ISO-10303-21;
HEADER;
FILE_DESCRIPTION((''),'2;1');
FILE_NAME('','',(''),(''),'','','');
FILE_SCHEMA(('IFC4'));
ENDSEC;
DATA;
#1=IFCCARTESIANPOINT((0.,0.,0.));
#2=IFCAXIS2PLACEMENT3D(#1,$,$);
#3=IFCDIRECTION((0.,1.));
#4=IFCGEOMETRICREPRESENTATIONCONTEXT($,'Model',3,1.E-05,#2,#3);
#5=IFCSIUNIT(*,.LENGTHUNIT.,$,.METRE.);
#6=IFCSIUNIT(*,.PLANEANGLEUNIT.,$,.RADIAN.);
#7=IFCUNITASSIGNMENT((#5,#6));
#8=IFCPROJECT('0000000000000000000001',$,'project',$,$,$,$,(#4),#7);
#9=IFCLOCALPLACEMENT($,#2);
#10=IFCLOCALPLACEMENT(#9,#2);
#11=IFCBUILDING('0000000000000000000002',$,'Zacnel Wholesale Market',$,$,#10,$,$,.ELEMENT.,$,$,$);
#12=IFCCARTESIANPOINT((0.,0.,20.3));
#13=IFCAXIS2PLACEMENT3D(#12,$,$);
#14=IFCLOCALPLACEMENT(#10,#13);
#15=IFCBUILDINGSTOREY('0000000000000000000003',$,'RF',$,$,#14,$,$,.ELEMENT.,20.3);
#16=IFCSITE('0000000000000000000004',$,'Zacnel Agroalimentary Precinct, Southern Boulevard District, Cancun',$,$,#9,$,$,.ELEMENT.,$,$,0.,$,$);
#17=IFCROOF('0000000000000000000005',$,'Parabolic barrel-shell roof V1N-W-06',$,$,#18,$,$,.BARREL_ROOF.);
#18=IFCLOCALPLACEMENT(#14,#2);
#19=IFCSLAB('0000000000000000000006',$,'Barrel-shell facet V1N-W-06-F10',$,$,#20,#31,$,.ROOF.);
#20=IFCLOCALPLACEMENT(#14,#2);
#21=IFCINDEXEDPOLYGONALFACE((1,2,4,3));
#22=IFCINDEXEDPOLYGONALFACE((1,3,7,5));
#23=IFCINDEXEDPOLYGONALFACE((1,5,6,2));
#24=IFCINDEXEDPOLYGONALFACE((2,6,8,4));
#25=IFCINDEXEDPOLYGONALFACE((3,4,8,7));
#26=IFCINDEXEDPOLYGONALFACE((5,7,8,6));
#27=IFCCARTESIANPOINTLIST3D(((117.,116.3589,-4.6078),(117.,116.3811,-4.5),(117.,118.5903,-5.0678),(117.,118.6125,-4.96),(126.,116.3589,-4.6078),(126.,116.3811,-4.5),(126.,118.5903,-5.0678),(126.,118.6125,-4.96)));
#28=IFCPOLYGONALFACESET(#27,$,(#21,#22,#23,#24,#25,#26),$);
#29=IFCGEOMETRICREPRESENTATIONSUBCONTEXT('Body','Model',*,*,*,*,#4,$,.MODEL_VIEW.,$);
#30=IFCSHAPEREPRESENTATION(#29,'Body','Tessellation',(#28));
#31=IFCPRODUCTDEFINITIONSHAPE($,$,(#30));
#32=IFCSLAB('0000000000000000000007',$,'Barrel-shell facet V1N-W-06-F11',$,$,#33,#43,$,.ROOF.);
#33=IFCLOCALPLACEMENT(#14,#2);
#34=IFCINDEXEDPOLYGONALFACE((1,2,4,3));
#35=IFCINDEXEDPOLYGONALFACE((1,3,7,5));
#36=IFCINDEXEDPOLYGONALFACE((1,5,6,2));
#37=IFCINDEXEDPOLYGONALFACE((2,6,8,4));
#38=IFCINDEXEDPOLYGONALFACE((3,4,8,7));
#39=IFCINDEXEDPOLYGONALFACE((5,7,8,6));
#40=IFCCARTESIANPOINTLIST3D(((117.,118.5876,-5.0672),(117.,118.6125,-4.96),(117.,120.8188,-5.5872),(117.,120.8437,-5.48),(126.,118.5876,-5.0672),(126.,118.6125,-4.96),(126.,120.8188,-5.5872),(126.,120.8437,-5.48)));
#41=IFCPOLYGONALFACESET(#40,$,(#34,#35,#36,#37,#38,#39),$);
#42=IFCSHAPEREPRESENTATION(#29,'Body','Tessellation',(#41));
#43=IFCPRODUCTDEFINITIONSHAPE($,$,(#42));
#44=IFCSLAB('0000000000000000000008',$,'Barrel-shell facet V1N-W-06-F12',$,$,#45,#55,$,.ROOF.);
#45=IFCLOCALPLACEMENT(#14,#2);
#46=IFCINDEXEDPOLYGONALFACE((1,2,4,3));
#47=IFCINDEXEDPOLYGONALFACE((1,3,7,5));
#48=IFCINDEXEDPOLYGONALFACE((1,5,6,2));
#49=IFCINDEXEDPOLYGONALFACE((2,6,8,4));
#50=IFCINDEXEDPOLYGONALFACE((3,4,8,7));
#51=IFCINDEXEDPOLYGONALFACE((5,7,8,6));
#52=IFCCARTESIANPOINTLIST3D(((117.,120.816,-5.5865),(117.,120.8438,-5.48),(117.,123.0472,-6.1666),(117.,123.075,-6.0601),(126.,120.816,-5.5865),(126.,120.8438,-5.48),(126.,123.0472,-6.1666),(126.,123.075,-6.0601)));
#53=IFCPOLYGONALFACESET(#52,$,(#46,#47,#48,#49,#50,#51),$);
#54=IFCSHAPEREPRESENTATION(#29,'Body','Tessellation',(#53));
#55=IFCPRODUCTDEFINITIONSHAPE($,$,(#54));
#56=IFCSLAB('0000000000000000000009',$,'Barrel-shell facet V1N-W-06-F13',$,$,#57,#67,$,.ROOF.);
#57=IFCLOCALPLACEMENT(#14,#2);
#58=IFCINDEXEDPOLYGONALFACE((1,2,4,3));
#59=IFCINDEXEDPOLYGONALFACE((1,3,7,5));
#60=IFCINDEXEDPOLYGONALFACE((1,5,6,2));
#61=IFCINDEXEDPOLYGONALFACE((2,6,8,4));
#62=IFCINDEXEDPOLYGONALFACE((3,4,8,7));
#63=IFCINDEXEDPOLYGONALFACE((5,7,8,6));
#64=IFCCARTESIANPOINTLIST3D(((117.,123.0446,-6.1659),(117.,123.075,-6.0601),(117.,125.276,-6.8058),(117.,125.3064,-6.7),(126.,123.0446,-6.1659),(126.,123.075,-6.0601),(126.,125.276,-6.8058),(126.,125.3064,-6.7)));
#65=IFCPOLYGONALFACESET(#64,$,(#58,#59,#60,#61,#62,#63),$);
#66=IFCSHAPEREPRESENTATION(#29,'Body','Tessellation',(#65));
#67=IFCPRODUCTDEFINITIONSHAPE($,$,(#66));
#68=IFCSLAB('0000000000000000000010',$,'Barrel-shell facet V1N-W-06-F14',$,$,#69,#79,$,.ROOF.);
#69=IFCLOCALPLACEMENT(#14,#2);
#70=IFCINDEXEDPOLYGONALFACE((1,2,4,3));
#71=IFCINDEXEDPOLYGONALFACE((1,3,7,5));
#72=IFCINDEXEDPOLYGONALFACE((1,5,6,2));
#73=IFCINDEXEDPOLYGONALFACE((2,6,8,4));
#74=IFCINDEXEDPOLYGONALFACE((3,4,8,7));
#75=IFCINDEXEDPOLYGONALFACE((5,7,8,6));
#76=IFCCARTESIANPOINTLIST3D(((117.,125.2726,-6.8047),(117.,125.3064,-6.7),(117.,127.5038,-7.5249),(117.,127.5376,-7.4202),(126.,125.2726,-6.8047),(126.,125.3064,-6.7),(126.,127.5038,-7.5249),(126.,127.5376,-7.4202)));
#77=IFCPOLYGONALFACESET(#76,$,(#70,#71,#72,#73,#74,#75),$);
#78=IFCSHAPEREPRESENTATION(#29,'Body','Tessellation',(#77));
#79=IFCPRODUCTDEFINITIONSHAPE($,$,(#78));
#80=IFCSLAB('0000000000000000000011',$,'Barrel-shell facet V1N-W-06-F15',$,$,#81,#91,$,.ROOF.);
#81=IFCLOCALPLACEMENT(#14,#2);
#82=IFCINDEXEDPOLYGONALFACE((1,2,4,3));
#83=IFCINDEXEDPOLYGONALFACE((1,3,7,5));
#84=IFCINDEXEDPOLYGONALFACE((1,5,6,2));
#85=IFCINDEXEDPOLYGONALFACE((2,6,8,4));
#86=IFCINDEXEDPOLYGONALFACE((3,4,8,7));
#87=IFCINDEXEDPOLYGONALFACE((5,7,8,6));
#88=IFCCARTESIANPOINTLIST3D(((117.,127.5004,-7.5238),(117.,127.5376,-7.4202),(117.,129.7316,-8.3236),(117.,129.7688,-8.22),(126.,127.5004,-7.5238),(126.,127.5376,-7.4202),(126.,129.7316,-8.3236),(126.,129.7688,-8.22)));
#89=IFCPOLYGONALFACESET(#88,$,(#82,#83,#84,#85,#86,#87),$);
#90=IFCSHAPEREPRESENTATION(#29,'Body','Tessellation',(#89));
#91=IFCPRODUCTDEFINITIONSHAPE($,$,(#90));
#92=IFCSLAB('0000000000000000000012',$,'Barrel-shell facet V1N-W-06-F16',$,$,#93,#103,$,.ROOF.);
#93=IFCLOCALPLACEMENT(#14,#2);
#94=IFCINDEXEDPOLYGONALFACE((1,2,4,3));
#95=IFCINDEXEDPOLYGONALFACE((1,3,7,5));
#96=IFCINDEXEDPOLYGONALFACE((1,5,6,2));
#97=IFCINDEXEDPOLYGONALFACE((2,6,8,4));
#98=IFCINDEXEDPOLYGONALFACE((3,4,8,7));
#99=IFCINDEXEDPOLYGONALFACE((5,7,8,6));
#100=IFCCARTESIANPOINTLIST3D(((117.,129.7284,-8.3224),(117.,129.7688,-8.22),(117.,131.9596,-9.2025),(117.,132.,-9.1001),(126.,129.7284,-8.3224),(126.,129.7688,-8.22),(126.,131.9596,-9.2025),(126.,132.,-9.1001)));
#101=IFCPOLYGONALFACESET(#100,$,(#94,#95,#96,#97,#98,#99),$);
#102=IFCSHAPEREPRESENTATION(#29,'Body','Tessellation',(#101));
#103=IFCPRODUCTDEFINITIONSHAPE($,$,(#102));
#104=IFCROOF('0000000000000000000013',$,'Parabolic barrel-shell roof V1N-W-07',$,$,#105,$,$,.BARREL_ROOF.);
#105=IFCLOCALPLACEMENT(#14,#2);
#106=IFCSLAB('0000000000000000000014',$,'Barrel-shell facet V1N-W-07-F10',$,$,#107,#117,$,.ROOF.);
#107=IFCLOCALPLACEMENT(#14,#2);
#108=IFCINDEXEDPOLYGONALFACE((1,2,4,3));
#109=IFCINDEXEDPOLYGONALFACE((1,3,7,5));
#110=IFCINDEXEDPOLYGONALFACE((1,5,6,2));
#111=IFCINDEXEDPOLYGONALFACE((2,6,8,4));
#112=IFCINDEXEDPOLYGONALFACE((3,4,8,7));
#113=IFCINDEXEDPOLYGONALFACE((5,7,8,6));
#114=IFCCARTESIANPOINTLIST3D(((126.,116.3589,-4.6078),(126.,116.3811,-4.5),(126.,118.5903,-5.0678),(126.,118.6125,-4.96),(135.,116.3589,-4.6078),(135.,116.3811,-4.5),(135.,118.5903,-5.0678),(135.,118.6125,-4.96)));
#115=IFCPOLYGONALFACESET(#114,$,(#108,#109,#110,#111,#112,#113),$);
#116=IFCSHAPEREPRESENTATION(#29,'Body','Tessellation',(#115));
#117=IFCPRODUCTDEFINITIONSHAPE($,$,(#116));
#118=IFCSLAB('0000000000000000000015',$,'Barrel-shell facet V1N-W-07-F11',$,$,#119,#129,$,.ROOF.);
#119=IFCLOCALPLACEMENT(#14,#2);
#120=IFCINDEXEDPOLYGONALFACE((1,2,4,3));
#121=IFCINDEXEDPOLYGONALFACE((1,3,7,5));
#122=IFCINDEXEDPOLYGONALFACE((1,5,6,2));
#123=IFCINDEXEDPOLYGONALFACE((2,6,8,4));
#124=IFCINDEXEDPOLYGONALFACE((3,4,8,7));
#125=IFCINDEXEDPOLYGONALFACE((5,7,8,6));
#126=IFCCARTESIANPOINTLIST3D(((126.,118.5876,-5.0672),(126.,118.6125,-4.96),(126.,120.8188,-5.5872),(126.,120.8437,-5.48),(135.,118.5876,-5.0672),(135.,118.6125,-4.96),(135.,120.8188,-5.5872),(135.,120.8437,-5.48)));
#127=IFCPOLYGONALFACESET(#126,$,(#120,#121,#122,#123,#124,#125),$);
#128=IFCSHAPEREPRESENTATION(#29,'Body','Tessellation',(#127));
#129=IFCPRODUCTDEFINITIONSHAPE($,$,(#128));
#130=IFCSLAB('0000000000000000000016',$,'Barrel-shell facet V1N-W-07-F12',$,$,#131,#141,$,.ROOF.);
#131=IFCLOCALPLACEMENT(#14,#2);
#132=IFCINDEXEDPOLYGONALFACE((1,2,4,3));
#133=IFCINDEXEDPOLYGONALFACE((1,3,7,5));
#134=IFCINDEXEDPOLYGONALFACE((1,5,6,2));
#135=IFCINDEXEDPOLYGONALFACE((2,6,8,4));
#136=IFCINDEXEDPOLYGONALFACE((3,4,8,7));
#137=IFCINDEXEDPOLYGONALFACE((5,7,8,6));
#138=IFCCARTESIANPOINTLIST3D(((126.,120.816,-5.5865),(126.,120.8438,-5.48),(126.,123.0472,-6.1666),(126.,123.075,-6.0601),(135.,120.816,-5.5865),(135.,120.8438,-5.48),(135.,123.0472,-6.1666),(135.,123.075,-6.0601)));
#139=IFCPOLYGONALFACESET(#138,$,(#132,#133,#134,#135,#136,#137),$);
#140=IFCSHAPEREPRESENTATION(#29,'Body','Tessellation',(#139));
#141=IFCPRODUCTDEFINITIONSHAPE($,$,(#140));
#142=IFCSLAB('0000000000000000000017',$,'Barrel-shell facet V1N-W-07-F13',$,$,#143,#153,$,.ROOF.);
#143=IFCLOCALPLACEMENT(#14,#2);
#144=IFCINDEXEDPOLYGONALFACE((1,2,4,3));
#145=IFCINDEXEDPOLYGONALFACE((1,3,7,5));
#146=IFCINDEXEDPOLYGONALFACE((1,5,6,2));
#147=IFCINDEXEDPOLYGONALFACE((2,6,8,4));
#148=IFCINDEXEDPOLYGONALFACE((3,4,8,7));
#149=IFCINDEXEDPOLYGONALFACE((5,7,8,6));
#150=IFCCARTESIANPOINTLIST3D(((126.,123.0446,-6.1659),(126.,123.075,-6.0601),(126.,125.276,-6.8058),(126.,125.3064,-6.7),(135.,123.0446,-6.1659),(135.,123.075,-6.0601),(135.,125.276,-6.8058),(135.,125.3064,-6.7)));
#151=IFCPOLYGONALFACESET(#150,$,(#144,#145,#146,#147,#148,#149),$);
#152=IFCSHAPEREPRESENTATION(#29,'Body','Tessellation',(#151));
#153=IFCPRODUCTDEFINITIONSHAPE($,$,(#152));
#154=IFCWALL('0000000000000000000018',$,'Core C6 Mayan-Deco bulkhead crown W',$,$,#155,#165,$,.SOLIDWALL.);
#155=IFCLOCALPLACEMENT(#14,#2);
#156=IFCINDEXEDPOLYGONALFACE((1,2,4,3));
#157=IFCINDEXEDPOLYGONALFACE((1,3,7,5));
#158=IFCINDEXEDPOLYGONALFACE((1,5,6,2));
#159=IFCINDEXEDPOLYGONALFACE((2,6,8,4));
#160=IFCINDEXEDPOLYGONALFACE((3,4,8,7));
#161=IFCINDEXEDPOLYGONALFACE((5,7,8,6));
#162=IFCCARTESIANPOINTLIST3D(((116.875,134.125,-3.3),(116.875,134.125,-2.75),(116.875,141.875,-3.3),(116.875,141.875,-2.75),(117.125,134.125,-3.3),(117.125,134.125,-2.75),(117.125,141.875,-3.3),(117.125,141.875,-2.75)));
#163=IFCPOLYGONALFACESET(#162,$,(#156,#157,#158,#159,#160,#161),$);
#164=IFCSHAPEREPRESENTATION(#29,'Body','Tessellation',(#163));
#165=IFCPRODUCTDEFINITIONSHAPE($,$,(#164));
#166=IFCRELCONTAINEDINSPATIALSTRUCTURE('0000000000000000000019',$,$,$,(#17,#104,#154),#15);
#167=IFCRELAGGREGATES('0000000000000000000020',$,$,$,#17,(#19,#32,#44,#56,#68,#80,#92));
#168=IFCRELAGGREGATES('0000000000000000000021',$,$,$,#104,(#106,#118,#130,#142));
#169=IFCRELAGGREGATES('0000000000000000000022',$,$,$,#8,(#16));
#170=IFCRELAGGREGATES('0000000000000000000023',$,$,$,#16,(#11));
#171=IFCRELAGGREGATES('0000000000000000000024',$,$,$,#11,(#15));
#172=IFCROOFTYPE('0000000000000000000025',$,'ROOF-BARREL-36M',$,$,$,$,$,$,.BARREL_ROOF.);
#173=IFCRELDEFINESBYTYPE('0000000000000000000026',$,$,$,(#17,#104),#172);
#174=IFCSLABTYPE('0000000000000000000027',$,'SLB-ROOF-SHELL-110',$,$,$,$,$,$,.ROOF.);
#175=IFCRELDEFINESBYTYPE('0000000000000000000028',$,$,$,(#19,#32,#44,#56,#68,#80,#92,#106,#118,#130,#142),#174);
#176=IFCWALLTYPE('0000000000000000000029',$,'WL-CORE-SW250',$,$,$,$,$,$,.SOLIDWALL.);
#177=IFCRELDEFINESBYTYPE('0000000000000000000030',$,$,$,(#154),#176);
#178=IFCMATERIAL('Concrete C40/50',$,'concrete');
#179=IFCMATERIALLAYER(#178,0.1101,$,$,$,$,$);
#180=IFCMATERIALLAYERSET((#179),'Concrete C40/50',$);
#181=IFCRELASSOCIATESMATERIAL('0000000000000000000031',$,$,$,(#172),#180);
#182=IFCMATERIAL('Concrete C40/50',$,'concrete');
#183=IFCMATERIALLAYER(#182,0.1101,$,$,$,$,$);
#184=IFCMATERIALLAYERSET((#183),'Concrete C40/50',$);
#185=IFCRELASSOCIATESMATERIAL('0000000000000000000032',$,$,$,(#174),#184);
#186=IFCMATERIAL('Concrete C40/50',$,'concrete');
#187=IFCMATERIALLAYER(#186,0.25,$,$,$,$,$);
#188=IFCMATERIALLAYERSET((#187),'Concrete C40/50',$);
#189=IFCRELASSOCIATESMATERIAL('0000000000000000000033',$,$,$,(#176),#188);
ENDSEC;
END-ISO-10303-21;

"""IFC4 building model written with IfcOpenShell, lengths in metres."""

from ifc_helpers import new_model, si_unit, direction, frame, frame_2d, origin, place, context, subcontext, project, spatial, polyline, rectangle, outline, extrude, material, layer, layer_set, type_object, element, aggregate, save


model = new_model("IFC4")

# Units and contexts
model_context = context("Model", 3, precision=1e-05, world=origin(), true_north=direction((0.0, 1.0)))
body_context = subcontext(model_context, "Body", "Model", "MODEL_VIEW")
ifc_project = project(units=[si_unit("LENGTHUNIT", "METRE"), si_unit("PLANEANGLEUNIT", "RADIAN")], contexts=[model_context])

# Site, building, storey
site_placement = place(None, origin())
site = spatial("IfcSite", under=ifc_project, at=site_placement, Name="Zacnel Agroalimentary Precinct, Southern Boulevard District, Cancun", CompositionType="ELEMENT", RefElevation=0.0)
building_placement = place(site_placement, origin())
building = spatial("IfcBuilding", under=site, at=building_placement, Name="Zacnel Wholesale Market", CompositionType="ELEMENT")
storey_placement = place(building_placement, frame((0.0, 0.0, 20.3)))
storey = spatial("IfcBuildingStorey", under=building, at=storey_placement, Name="RF", CompositionType="ELEMENT", Elevation=20.3)

# Roofs, slabs
ifc_material_1 = material(Name="Concrete C40/50", Category="concrete")
ifc_layer_1 = layer(ifc_material_1, 0.1101)
ifc_layer_set_1 = layer_set([ifc_layer_1], Name="Concrete C40/50")
roof_type = type_object("IfcRoofType", Name="ROOF-BARREL-36M", PredefinedType="BARREL_ROOF", material=ifc_layer_set_1)
roof_1_placement = place(storey_placement, origin())
roof_1 = element("IfcRoof", 1, at=roof_1_placement, inside=storey, type_object=roof_type, Name="Parabolic barrel-shell roof V1N-W-06", PredefinedType="BARREL_ROOF")
ifc_material_2 = material(Name="Concrete C40/50", Category="concrete")
ifc_layer_2 = layer(ifc_material_2, 0.1101)
ifc_layer_set_2 = layer_set([ifc_layer_2], Name="Concrete C40/50")
slab_type = type_object("IfcSlabType", Name="SLB-ROOF-SHELL-110", PredefinedType="ROOF", material=ifc_layer_set_2)
slab_1_placement = place(storey_placement, frame((117.0, 116.3811, -4.5), z_axis=(0.0, 0.201883, 0.97941), x_axis=(1.0, 0.0, 0.0)))
slab_1 = element("IfcSlab", 2, at=slab_1_placement, type_object=slab_type, Name="Barrel-shell facet V1N-W-06-F10", PredefinedType="ROOF", context=body_context, shape_type="SweptSolid", body=[
    extrude(outline(polyline([(0.0, 0.0), (9.0, 0.0), (9.0, 2.2784), (0.0, 2.2784), (0.0, 0.0)])), origin(), (0.0, 0.0, -1.0), 0.1101),
])
slab_2_placement = place(storey_placement, frame((117.0, 118.6125, -4.96), z_axis=(0.0, 0.226984, 0.973899), x_axis=(1.0, 0.0, 0.0)))
slab_2 = element("IfcSlab", 3, at=slab_2_placement, type_object=slab_type, Name="Barrel-shell facet V1N-W-06-F11", PredefinedType="ROOF", context=body_context, shape_type="SweptSolid", body=[
    extrude(outline(polyline([(0.0, 0.0), (9.0, 0.0), (9.0, 2.291), (0.0, 2.291), (0.0, 0.0)])), origin(), (0.0, 0.0, -1.0), 0.1101),
])
slab_3_placement = place(storey_placement, frame((117.0, 120.8438, -5.48), z_axis=(0.0, 0.25162, 0.967826), x_axis=(1.0, 0.0, 0.0)))
slab_3 = element("IfcSlab", 4, at=slab_3_placement, type_object=slab_type, Name="Barrel-shell facet V1N-W-06-F12", PredefinedType="ROOF", context=body_context, shape_type="SweptSolid", body=[
    extrude(outline(polyline([(0.0, 0.0), (9.0, 0.0), (9.0, 2.3054), (0.0, 2.3054), (0.0, 0.0)])), origin(), (0.0, 0.0, -1.0), 0.1101),
])
slab_4_placement = place(storey_placement, frame((117.0, 123.075, -6.0601), z_axis=(0.0, 0.275652, 0.961258), x_axis=(1.0, 0.0, 0.0)))
slab_4 = element("IfcSlab", 5, at=slab_4_placement, type_object=slab_type, Name="Barrel-shell facet V1N-W-06-F13", PredefinedType="ROOF", context=body_context, shape_type="SweptSolid", body=[
    extrude(outline(polyline([(0.0, 0.0), (9.0, 0.0), (9.0, 2.3214), (0.0, 2.3214), (0.0, 0.0)])), origin(), (0.0, 0.0, -1.0), 0.1101),
])
slab_5_placement = place(storey_placement, frame((117.0, 125.3064, -6.7), z_axis=(0.0, 0.307185, 0.95165), x_axis=(1.0, 0.0, 0.0)))
slab_5 = element("IfcSlab", 6, at=slab_5_placement, type_object=slab_type, Name="Barrel-shell facet V1N-W-06-F14", PredefinedType="ROOF", context=body_context, shape_type="SweptSolid", body=[
    extrude(outline(polyline([(0.0, 0.0), (9.0, 0.0), (9.0, 2.3446), (0.0, 2.3446), (0.0, 0.0)])), origin(), (0.0, 0.0, -1.0), 0.1101),
])
slab_6_placement = place(storey_placement, frame((117.0, 127.5376, -7.4202), z_axis=(0.0, 0.337439, 0.941347), x_axis=(1.0, 0.0, 0.0)))
slab_6 = element("IfcSlab", 7, at=slab_6_placement, type_object=slab_type, Name="Barrel-shell facet V1N-W-06-F15", PredefinedType="ROOF", context=body_context, shape_type="SweptSolid", body=[
    extrude(outline(polyline([(0.0, 0.0), (9.0, 0.0), (9.0, 2.3702), (0.0, 2.3702), (0.0, 0.0)])), origin(), (0.0, 0.0, -1.0), 0.1101),
])
slab_7_placement = place(storey_placement, frame((117.0, 129.7688, -8.22), z_axis=(0.0, 0.366946, 0.930242), x_axis=(1.0, 0.0, 0.0)))
slab_7 = element("IfcSlab", 8, at=slab_7_placement, type_object=slab_type, Name="Barrel-shell facet V1N-W-06-F16", PredefinedType="ROOF", context=body_context, shape_type="SweptSolid", body=[
    extrude(outline(polyline([(0.0, 0.0), (9.0, 0.0), (9.0, 2.3985), (0.0, 2.3985), (0.0, 0.0)])), origin(), (0.0, 0.0, -1.0), 0.1101),
])
aggregate(roof_1, [slab_1, slab_2, slab_3, slab_4, slab_5, slab_6, slab_7])
roof_2_placement = place(storey_placement, origin())
roof_2 = element("IfcRoof", 9, at=roof_2_placement, inside=storey, type_object=roof_type, Name="Parabolic barrel-shell roof V1N-W-07", PredefinedType="BARREL_ROOF")
slab_8_placement = place(storey_placement, frame((126.0, 116.3811, -4.5), z_axis=(0.0, 0.201883, 0.97941), x_axis=(1.0, 0.0, 0.0)))
slab_8 = element("IfcSlab", 10, at=slab_8_placement, type_object=slab_type, Name="Barrel-shell facet V1N-W-07-F10", PredefinedType="ROOF", context=body_context, shape_type="SweptSolid", body=[
    extrude(outline(polyline([(0.0, 0.0), (9.0, 0.0), (9.0, 2.2784), (0.0, 2.2784), (0.0, 0.0)])), origin(), (0.0, 0.0, -1.0), 0.1101),
])
slab_9_placement = place(storey_placement, frame((126.0, 118.6125, -4.96), z_axis=(0.0, 0.226984, 0.973899), x_axis=(1.0, 0.0, 0.0)))
slab_9 = element("IfcSlab", 11, at=slab_9_placement, type_object=slab_type, Name="Barrel-shell facet V1N-W-07-F11", PredefinedType="ROOF", context=body_context, shape_type="SweptSolid", body=[
    extrude(outline(polyline([(0.0, 0.0), (9.0, 0.0), (9.0, 2.291), (0.0, 2.291), (0.0, 0.0)])), origin(), (0.0, 0.0, -1.0), 0.1101),
])
slab_10_placement = place(storey_placement, frame((126.0, 120.8438, -5.48), z_axis=(0.0, 0.25162, 0.967826), x_axis=(1.0, 0.0, 0.0)))
slab_10 = element("IfcSlab", 12, at=slab_10_placement, type_object=slab_type, Name="Barrel-shell facet V1N-W-07-F12", PredefinedType="ROOF", context=body_context, shape_type="SweptSolid", body=[
    extrude(outline(polyline([(0.0, 0.0), (9.0, 0.0), (9.0, 2.3054), (0.0, 2.3054), (0.0, 0.0)])), origin(), (0.0, 0.0, -1.0), 0.1101),
])
slab_11_placement = place(storey_placement, frame((126.0, 123.075, -6.0601), z_axis=(0.0, 0.275652, 0.961258), x_axis=(1.0, 0.0, 0.0)))
slab_11 = element("IfcSlab", 13, at=slab_11_placement, type_object=slab_type, Name="Barrel-shell facet V1N-W-07-F13", PredefinedType="ROOF", context=body_context, shape_type="SweptSolid", body=[
    extrude(outline(polyline([(0.0, 0.0), (9.0, 0.0), (9.0, 2.3214), (0.0, 2.3214), (0.0, 0.0)])), origin(), (0.0, 0.0, -1.0), 0.1101),
])
aggregate(roof_2, [slab_8, slab_9, slab_10, slab_11])

# Wall
ifc_material_3 = material(Name="Concrete C40/50", Category="concrete")
ifc_layer_3 = layer(ifc_material_3, 0.25)
ifc_layer_set_3 = layer_set([ifc_layer_3], Name="Concrete C40/50")
wall_type = type_object("IfcWallType", Name="WL-CORE-SW250", PredefinedType="SOLIDWALL", material=ifc_layer_set_3)
wall_placement = place(storey_placement, frame((117.0, 134.125, -3.3), z_axis=(0.0, 0.0, 1.0), x_axis=(0.0, 1.0, 0.0)))
element("IfcWall", 14, at=wall_placement, inside=storey, type_object=wall_type, Name="Core C6 Mayan-Deco bulkhead crown W", PredefinedType="SOLIDWALL", context=body_context, shape_type="SweptSolid", body=[
    extrude(rectangle(XDim=7.75, YDim=0.25, at=frame_2d((3.875, 0.0))), origin(), (0.0, 0.0, 1.0), 0.55),
])

save(model, "model.ifc")
